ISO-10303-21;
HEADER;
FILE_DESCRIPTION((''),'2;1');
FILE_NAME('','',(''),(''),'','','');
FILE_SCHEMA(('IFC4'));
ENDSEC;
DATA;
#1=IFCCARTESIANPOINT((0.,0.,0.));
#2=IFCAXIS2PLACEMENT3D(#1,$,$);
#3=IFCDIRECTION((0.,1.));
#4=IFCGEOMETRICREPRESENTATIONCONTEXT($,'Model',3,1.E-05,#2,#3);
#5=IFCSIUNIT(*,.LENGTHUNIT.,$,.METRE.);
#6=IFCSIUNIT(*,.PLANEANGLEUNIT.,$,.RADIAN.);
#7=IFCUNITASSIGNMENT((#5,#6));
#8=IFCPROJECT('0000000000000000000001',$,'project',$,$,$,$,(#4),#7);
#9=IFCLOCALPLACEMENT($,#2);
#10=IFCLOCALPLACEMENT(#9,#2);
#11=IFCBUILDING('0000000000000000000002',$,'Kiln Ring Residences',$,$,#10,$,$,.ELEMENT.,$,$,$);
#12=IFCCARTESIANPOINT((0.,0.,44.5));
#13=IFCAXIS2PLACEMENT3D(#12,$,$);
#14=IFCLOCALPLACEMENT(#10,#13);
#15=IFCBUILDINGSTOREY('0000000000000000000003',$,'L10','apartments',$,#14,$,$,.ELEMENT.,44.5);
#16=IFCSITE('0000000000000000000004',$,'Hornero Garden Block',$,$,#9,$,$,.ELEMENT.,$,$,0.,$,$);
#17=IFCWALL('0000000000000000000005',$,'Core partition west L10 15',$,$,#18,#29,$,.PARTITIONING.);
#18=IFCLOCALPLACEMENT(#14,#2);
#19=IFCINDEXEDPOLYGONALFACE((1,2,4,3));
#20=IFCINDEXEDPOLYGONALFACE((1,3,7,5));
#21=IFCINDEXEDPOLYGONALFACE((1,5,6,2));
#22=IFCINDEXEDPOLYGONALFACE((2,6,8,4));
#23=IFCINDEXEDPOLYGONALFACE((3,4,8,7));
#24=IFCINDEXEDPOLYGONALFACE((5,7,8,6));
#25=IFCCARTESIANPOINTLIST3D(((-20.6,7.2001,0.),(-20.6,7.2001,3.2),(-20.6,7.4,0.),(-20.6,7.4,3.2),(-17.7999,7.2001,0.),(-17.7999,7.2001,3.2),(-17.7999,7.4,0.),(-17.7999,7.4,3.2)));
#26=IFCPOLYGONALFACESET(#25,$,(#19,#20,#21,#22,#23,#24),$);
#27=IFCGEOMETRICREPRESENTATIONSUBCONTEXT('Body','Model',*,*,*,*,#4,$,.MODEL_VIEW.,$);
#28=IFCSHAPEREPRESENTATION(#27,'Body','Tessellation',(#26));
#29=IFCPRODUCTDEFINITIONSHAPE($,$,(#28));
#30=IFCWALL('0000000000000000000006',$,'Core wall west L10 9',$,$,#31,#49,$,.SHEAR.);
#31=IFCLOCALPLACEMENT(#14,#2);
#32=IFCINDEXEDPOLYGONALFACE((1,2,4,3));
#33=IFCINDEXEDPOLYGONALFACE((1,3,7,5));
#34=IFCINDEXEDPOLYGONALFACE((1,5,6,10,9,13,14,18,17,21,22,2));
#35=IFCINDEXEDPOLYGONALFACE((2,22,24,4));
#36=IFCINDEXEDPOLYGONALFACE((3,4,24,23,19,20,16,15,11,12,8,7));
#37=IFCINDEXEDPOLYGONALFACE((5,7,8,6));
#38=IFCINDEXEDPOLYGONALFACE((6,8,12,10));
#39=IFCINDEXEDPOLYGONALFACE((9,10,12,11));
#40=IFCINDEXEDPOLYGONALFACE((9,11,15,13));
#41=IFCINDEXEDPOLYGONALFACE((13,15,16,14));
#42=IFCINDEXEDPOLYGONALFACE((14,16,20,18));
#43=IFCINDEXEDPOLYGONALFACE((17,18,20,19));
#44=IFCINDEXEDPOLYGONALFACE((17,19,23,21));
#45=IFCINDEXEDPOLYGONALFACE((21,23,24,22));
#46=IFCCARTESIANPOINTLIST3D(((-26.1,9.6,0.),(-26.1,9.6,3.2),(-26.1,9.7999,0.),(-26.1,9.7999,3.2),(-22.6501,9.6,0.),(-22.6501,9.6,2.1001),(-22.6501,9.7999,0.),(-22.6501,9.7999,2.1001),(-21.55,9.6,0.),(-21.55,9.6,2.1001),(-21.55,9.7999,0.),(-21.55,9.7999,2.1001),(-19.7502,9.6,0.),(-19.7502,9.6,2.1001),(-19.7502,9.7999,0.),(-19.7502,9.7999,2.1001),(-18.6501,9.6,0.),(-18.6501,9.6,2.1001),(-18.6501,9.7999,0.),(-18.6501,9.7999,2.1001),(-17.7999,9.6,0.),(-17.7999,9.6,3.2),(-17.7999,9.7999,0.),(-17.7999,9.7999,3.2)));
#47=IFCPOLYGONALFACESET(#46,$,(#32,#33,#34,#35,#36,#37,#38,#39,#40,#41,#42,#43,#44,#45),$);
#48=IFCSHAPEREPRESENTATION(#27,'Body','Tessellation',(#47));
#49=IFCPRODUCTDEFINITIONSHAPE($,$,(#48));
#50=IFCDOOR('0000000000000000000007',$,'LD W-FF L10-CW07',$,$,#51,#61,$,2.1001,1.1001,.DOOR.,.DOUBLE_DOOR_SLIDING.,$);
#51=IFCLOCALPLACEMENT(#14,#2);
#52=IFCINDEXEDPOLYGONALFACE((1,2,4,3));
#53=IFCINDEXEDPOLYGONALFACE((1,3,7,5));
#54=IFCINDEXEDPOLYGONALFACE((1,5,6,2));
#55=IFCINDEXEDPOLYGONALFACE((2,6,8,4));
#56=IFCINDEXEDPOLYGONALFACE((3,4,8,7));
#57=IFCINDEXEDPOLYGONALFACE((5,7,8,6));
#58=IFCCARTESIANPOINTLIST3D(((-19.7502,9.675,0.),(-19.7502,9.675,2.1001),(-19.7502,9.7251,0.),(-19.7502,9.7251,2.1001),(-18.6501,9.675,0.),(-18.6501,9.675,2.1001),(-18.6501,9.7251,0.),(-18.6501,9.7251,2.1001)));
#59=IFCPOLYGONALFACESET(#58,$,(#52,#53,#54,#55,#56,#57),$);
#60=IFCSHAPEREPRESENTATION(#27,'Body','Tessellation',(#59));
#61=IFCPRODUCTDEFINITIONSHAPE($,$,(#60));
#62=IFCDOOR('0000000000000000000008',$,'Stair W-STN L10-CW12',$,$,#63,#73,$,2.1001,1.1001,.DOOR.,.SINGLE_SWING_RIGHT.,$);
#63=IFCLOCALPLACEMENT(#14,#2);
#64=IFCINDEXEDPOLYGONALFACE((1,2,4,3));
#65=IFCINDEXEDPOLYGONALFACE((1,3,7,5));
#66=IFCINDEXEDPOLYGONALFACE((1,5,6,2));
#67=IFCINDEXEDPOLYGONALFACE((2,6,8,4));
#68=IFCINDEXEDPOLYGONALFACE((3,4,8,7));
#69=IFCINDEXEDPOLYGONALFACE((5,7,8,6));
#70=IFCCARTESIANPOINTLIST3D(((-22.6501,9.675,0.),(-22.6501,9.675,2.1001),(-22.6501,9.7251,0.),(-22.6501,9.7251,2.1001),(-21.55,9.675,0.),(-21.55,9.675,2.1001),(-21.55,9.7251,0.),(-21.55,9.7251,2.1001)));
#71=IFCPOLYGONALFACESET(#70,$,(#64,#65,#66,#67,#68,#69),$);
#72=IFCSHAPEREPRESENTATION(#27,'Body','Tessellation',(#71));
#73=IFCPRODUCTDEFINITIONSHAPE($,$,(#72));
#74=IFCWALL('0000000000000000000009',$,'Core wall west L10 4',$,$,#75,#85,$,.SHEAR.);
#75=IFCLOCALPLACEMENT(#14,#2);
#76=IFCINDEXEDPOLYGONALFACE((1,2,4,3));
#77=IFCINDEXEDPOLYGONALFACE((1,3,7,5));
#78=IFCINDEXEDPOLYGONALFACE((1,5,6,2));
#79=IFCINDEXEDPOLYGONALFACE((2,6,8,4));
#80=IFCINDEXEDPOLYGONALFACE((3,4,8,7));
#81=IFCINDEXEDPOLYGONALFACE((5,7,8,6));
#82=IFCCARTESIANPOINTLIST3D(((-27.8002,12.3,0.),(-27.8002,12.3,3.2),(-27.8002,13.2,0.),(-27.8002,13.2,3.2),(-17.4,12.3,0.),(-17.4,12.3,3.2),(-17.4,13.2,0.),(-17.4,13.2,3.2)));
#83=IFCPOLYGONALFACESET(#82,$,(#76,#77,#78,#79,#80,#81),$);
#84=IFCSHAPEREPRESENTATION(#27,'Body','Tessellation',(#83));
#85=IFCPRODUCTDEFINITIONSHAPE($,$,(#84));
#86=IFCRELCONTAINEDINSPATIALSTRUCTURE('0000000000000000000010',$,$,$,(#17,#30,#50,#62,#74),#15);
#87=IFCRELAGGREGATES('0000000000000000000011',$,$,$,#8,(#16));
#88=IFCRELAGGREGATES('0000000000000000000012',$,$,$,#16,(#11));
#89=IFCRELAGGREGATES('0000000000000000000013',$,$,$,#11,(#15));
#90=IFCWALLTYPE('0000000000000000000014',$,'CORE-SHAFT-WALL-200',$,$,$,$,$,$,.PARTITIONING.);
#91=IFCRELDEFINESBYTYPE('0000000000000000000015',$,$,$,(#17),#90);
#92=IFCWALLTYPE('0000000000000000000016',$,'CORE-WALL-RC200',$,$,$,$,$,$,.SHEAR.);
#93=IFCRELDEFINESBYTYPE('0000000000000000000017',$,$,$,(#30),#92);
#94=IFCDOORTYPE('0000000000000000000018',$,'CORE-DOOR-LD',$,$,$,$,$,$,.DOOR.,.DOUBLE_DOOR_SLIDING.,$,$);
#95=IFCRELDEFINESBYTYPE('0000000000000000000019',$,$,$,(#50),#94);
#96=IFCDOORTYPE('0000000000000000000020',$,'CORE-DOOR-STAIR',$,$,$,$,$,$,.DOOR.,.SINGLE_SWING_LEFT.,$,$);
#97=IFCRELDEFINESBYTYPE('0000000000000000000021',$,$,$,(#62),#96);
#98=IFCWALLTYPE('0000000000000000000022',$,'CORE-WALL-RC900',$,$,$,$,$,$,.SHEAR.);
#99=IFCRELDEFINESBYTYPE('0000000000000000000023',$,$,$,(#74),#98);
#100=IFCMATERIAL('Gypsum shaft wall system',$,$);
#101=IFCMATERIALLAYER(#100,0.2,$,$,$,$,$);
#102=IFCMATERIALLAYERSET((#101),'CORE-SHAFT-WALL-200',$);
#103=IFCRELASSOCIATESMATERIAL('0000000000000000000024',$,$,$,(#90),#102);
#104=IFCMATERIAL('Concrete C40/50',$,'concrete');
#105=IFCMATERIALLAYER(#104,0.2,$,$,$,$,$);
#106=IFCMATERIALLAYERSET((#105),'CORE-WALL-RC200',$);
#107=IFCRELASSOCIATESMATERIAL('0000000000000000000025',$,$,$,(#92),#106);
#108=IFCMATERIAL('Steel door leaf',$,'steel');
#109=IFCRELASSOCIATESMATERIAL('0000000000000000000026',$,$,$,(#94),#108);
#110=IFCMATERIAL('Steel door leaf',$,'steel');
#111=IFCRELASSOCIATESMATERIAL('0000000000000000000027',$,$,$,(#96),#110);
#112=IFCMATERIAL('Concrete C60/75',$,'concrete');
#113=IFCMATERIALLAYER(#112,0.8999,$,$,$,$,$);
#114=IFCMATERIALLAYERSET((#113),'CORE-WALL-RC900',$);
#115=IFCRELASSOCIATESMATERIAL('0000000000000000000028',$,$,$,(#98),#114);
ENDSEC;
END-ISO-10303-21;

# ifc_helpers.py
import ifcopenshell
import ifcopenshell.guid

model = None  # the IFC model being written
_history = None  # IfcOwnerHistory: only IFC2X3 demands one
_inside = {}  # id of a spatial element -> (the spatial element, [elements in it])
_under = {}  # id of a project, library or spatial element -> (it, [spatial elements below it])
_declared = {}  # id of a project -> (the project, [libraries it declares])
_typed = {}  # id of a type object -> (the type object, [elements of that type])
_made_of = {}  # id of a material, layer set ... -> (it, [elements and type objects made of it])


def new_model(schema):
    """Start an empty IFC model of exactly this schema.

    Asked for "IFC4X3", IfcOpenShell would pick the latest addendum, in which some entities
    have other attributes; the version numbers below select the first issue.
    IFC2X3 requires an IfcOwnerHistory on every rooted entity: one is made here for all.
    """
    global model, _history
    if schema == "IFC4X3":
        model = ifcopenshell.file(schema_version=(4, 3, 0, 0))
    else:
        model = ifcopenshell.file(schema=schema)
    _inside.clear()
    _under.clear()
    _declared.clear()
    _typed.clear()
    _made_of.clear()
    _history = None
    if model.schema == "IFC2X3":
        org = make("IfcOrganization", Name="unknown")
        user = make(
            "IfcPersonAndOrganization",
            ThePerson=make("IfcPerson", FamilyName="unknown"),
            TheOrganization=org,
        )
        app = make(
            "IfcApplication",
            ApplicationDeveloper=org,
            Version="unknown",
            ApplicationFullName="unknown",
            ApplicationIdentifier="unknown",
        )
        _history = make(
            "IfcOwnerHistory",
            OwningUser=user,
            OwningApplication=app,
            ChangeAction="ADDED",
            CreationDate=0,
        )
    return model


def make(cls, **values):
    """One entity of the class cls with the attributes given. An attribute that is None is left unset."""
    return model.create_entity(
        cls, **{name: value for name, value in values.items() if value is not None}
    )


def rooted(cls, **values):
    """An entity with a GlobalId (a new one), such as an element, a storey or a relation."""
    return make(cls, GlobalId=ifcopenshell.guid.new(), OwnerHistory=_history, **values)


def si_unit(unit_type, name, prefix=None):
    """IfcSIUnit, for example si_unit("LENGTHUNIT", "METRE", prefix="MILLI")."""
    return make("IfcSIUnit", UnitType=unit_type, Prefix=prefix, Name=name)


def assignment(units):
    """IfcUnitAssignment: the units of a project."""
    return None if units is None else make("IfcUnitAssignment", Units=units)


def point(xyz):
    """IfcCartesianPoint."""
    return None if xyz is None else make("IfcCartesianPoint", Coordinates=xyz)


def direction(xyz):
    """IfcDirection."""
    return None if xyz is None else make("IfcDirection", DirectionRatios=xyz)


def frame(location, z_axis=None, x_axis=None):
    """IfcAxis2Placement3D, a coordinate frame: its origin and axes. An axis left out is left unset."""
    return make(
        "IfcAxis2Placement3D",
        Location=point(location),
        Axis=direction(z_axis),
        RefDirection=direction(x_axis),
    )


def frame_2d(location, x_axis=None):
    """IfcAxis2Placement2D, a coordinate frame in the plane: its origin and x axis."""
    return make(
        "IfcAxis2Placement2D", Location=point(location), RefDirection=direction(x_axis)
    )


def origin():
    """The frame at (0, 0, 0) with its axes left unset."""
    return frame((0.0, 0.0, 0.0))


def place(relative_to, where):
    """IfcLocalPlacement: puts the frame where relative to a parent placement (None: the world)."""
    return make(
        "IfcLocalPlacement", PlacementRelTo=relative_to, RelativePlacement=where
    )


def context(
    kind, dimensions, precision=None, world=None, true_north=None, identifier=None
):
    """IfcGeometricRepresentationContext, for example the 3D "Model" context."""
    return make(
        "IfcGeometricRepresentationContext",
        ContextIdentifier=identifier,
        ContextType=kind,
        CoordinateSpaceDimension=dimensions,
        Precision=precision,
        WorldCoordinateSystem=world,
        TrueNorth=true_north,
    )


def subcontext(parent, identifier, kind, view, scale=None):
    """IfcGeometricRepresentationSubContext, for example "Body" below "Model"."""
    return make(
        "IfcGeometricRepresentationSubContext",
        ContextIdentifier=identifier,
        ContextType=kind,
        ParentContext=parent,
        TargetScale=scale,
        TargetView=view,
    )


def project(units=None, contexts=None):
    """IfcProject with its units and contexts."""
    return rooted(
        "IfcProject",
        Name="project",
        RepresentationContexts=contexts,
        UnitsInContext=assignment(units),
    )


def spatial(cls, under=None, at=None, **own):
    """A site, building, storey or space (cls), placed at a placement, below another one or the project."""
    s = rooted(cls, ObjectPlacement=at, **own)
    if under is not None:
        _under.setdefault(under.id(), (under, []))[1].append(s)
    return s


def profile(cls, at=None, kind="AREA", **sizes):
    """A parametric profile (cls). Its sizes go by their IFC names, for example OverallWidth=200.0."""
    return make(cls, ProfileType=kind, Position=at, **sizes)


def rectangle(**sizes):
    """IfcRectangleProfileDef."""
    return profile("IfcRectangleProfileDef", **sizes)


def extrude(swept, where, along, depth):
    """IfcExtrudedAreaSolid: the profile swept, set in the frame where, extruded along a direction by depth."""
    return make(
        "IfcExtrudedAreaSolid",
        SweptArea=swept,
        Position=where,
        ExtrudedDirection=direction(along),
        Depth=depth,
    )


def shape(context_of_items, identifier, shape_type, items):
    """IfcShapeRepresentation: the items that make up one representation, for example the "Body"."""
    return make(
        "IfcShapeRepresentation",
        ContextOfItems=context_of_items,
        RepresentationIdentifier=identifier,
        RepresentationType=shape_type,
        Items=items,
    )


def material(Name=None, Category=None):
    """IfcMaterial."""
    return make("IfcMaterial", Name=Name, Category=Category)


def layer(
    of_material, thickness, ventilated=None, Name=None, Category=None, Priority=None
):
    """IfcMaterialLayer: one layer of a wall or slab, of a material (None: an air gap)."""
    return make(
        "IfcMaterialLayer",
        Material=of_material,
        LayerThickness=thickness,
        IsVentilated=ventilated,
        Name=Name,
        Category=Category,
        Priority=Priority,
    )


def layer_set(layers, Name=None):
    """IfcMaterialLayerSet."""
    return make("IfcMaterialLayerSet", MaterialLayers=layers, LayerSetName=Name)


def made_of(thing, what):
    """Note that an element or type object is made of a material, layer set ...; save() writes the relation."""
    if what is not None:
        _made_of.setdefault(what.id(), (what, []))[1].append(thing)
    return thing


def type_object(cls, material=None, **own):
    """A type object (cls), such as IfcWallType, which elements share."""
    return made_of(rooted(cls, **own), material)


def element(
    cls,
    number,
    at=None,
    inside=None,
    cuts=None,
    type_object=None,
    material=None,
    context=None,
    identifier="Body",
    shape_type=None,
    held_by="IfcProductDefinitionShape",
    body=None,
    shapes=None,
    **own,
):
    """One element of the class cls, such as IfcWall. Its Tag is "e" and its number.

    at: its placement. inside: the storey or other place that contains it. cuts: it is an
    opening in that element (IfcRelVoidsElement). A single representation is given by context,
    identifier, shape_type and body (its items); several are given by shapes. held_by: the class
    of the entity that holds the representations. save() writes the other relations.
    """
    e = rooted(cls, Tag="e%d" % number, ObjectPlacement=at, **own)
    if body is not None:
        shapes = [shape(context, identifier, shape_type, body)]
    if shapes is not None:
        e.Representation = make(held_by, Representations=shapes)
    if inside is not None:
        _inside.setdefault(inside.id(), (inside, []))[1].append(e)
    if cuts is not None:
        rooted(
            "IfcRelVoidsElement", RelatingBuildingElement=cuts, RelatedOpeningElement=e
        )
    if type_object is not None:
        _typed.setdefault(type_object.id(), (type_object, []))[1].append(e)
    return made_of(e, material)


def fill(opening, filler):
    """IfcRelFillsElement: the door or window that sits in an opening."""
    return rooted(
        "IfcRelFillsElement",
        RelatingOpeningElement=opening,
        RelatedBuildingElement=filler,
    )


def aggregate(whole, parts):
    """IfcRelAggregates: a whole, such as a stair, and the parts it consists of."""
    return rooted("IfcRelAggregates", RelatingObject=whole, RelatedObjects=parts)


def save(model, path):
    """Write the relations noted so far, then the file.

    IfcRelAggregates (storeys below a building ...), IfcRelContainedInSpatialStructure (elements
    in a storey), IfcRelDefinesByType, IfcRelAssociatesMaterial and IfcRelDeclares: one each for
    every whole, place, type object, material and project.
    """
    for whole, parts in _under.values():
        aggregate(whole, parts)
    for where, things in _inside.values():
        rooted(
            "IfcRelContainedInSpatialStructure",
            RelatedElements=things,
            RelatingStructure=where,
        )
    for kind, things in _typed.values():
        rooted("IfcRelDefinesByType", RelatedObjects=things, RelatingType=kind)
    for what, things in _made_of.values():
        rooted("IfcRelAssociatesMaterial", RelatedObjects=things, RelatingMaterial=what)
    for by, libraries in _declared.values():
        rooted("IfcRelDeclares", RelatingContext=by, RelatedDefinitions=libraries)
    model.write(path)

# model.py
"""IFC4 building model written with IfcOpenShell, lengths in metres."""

from ifc_helpers import new_model, si_unit, direction, frame, frame_2d, origin, place, context, subcontext, project, spatial, rectangle, extrude, material, layer, layer_set, type_object, element, fill, save


model = new_model("IFC4")

# Units and contexts
model_context = context("Model", 3, precision=1e-05, world=origin(), true_north=direction((0.0, 1.0)))
body_context = subcontext(model_context, "Body", "Model", "MODEL_VIEW")
ifc_project = project(units=[si_unit("LENGTHUNIT", "METRE"), si_unit("PLANEANGLEUNIT", "RADIAN")], contexts=[model_context])

# Site, building, storey
site_placement = place(None, origin())
site = spatial("IfcSite", under=ifc_project, at=site_placement, Name="Hornero Garden Block", CompositionType="ELEMENT", RefElevation=0.0)
building_placement = place(site_placement, origin())
building = spatial("IfcBuilding", under=site, at=building_placement, Name="Kiln Ring Residences", CompositionType="ELEMENT")
storey_placement = place(building_placement, frame((0.0, 0.0, 44.5)))
storey = spatial("IfcBuildingStorey", under=building, at=storey_placement, Name="L10", Description="apartments", CompositionType="ELEMENT", Elevation=44.5)

# Wall
ifc_material_1 = material(Name="Gypsum shaft wall system")
ifc_layer_1 = layer(ifc_material_1, 0.2)
ifc_layer_set_1 = layer_set([ifc_layer_1], Name="CORE-SHAFT-WALL-200")
wall_type_1 = type_object("IfcWallType", Name="CORE-SHAFT-WALL-200", PredefinedType="PARTITIONING", material=ifc_layer_set_1)
wall_1_placement = place(storey_placement, frame((-17.8, 7.3, 0.0), z_axis=(0.0, 0.0, 1.0), x_axis=(-1.0, 0.0, 0.0)))
element("IfcWall", 1, at=wall_1_placement, inside=storey, type_object=wall_type_1, Name="Core partition west L10 15", PredefinedType="PARTITIONING", context=body_context, shape_type="SweptSolid", body=[
    extrude(rectangle(XDim=2.8, YDim=0.2, at=frame_2d((1.3999, 0.0))), origin(), (0.0, 0.0, 1.0), 3.2),
])

# Wall, openings, doors
ifc_material_2 = material(Name="Concrete C40/50", Category="concrete")
ifc_layer_2 = layer(ifc_material_2, 0.2)
ifc_layer_set_2 = layer_set([ifc_layer_2], Name="CORE-WALL-RC200")
wall_type_2 = type_object("IfcWallType", Name="CORE-WALL-RC200", PredefinedType="SHEAR", material=ifc_layer_set_2)
wall_2_placement = place(storey_placement, frame((-17.8, 9.7, 0.0), z_axis=(0.0, 0.0, 1.0), x_axis=(-1.0, 0.0, 0.0)))
wall_2 = element("IfcWall", 2, at=wall_2_placement, inside=storey, type_object=wall_type_2, Name="Core wall west L10 9", PredefinedType="SHEAR", context=body_context, shape_type="SweptSolid", body=[
    extrude(rectangle(XDim=8.3, YDim=0.2, at=frame_2d((4.1499, 0.0))), origin(), (0.0, 0.0, 1.0), 3.2),
])
opening_1_placement = place(wall_2_placement, frame((0.8501, 0.0, 0.0)))
opening_1 = element("IfcOpeningElement", 3, at=opening_1_placement, cuts=wall_2, PredefinedType="OPENING", context=body_context, shape_type="SweptSolid", body=[
    extrude(rectangle(XDim=1.1001, YDim=2.1001, at=frame_2d((0.55, 1.05))), frame((0.0, 0.1099, 0.0), z_axis=(0.0, -1.0, 0.0), x_axis=(1.0, 0.0, 0.0)), (0.0, 0.0, 1.0), 0.22),
])
opening_2_placement = place(wall_2_placement, frame((3.75, 0.0, 0.0)))
opening_2 = element("IfcOpeningElement", 4, at=opening_2_placement, cuts=wall_2, PredefinedType="OPENING", context=body_context, shape_type="SweptSolid", body=[
    extrude(rectangle(XDim=1.1001, YDim=2.1001, at=frame_2d((0.55, 1.05))), frame((0.0, 0.1099, 0.0), z_axis=(0.0, -1.0, 0.0), x_axis=(1.0, 0.0, 0.0)), (0.0, 0.0, 1.0), 0.22),
])
ifc_material_3 = material(Name="Steel door leaf", Category="steel")
door_type_1 = type_object("IfcDoorType", Name="CORE-DOOR-LD", OperationType="DOUBLE_DOOR_SLIDING", PredefinedType="DOOR", material=ifc_material_3)
door_1_placement = place(opening_1_placement, origin())
door_1 = element("IfcDoor", 5, at=door_1_placement, inside=storey, type_object=door_type_1, Name="LD W-FF L10-CW07", OperationType="DOUBLE_DOOR_SLIDING", OverallHeight=2.1001, OverallWidth=1.1001, PredefinedType="DOOR", context=body_context, shape_type="SweptSolid", body=[
    extrude(rectangle(XDim=1.1001, YDim=2.1001, at=frame_2d((0.55, 1.05))), frame((0.0, 0.0249, 0.0), z_axis=(0.0, -1.0, 0.0), x_axis=(1.0, 0.0, 0.0)), (0.0, 0.0, 1.0), 0.05),
])
fill(opening_1, door_1)
ifc_material_4 = material(Name="Steel door leaf", Category="steel")
door_type_2 = type_object("IfcDoorType", Name="CORE-DOOR-STAIR", OperationType="SINGLE_SWING_LEFT", PredefinedType="DOOR", material=ifc_material_4)
door_2_placement = place(opening_2_placement, origin())
door_2 = element("IfcDoor", 6, at=door_2_placement, inside=storey, type_object=door_type_2, Name="Stair W-STN L10-CW12", OperationType="SINGLE_SWING_RIGHT", OverallHeight=2.1001, OverallWidth=1.1001, PredefinedType="DOOR", context=body_context, shape_type="SweptSolid", body=[
    extrude(rectangle(XDim=1.1001, YDim=2.1001, at=frame_2d((0.55, 1.05))), frame((0.0, 0.0249, 0.0), z_axis=(0.0, -1.0, 0.0), x_axis=(1.0, 0.0, 0.0)), (0.0, 0.0, 1.0), 0.05),
])
fill(opening_2, door_2)

# Wall
ifc_material_5 = material(Name="Concrete C60/75", Category="concrete")
ifc_layer_3 = layer(ifc_material_5, 0.8999)
ifc_layer_set_3 = layer_set([ifc_layer_3], Name="CORE-WALL-RC900")
wall_type_3 = type_object("IfcWallType", Name="CORE-WALL-RC900", PredefinedType="SHEAR", material=ifc_layer_set_3)
wall_3_placement = place(storey_placement, frame((-17.3999, 12.75, 0.0), z_axis=(0.0, 0.0, 1.0), x_axis=(-1.0, 0.0, 0.0)))
element("IfcWall", 7, at=wall_3_placement, inside=storey, type_object=wall_type_3, Name="Core wall west L10 4", PredefinedType="SHEAR", context=body_context, shape_type="SweptSolid", body=[
    extrude(rectangle(XDim=10.4001, YDim=0.8999, at=frame_2d((5.2002, 0.0))), origin(), (0.0, 0.0, 1.0), 3.2),
])

save(model, "model.ifc")
